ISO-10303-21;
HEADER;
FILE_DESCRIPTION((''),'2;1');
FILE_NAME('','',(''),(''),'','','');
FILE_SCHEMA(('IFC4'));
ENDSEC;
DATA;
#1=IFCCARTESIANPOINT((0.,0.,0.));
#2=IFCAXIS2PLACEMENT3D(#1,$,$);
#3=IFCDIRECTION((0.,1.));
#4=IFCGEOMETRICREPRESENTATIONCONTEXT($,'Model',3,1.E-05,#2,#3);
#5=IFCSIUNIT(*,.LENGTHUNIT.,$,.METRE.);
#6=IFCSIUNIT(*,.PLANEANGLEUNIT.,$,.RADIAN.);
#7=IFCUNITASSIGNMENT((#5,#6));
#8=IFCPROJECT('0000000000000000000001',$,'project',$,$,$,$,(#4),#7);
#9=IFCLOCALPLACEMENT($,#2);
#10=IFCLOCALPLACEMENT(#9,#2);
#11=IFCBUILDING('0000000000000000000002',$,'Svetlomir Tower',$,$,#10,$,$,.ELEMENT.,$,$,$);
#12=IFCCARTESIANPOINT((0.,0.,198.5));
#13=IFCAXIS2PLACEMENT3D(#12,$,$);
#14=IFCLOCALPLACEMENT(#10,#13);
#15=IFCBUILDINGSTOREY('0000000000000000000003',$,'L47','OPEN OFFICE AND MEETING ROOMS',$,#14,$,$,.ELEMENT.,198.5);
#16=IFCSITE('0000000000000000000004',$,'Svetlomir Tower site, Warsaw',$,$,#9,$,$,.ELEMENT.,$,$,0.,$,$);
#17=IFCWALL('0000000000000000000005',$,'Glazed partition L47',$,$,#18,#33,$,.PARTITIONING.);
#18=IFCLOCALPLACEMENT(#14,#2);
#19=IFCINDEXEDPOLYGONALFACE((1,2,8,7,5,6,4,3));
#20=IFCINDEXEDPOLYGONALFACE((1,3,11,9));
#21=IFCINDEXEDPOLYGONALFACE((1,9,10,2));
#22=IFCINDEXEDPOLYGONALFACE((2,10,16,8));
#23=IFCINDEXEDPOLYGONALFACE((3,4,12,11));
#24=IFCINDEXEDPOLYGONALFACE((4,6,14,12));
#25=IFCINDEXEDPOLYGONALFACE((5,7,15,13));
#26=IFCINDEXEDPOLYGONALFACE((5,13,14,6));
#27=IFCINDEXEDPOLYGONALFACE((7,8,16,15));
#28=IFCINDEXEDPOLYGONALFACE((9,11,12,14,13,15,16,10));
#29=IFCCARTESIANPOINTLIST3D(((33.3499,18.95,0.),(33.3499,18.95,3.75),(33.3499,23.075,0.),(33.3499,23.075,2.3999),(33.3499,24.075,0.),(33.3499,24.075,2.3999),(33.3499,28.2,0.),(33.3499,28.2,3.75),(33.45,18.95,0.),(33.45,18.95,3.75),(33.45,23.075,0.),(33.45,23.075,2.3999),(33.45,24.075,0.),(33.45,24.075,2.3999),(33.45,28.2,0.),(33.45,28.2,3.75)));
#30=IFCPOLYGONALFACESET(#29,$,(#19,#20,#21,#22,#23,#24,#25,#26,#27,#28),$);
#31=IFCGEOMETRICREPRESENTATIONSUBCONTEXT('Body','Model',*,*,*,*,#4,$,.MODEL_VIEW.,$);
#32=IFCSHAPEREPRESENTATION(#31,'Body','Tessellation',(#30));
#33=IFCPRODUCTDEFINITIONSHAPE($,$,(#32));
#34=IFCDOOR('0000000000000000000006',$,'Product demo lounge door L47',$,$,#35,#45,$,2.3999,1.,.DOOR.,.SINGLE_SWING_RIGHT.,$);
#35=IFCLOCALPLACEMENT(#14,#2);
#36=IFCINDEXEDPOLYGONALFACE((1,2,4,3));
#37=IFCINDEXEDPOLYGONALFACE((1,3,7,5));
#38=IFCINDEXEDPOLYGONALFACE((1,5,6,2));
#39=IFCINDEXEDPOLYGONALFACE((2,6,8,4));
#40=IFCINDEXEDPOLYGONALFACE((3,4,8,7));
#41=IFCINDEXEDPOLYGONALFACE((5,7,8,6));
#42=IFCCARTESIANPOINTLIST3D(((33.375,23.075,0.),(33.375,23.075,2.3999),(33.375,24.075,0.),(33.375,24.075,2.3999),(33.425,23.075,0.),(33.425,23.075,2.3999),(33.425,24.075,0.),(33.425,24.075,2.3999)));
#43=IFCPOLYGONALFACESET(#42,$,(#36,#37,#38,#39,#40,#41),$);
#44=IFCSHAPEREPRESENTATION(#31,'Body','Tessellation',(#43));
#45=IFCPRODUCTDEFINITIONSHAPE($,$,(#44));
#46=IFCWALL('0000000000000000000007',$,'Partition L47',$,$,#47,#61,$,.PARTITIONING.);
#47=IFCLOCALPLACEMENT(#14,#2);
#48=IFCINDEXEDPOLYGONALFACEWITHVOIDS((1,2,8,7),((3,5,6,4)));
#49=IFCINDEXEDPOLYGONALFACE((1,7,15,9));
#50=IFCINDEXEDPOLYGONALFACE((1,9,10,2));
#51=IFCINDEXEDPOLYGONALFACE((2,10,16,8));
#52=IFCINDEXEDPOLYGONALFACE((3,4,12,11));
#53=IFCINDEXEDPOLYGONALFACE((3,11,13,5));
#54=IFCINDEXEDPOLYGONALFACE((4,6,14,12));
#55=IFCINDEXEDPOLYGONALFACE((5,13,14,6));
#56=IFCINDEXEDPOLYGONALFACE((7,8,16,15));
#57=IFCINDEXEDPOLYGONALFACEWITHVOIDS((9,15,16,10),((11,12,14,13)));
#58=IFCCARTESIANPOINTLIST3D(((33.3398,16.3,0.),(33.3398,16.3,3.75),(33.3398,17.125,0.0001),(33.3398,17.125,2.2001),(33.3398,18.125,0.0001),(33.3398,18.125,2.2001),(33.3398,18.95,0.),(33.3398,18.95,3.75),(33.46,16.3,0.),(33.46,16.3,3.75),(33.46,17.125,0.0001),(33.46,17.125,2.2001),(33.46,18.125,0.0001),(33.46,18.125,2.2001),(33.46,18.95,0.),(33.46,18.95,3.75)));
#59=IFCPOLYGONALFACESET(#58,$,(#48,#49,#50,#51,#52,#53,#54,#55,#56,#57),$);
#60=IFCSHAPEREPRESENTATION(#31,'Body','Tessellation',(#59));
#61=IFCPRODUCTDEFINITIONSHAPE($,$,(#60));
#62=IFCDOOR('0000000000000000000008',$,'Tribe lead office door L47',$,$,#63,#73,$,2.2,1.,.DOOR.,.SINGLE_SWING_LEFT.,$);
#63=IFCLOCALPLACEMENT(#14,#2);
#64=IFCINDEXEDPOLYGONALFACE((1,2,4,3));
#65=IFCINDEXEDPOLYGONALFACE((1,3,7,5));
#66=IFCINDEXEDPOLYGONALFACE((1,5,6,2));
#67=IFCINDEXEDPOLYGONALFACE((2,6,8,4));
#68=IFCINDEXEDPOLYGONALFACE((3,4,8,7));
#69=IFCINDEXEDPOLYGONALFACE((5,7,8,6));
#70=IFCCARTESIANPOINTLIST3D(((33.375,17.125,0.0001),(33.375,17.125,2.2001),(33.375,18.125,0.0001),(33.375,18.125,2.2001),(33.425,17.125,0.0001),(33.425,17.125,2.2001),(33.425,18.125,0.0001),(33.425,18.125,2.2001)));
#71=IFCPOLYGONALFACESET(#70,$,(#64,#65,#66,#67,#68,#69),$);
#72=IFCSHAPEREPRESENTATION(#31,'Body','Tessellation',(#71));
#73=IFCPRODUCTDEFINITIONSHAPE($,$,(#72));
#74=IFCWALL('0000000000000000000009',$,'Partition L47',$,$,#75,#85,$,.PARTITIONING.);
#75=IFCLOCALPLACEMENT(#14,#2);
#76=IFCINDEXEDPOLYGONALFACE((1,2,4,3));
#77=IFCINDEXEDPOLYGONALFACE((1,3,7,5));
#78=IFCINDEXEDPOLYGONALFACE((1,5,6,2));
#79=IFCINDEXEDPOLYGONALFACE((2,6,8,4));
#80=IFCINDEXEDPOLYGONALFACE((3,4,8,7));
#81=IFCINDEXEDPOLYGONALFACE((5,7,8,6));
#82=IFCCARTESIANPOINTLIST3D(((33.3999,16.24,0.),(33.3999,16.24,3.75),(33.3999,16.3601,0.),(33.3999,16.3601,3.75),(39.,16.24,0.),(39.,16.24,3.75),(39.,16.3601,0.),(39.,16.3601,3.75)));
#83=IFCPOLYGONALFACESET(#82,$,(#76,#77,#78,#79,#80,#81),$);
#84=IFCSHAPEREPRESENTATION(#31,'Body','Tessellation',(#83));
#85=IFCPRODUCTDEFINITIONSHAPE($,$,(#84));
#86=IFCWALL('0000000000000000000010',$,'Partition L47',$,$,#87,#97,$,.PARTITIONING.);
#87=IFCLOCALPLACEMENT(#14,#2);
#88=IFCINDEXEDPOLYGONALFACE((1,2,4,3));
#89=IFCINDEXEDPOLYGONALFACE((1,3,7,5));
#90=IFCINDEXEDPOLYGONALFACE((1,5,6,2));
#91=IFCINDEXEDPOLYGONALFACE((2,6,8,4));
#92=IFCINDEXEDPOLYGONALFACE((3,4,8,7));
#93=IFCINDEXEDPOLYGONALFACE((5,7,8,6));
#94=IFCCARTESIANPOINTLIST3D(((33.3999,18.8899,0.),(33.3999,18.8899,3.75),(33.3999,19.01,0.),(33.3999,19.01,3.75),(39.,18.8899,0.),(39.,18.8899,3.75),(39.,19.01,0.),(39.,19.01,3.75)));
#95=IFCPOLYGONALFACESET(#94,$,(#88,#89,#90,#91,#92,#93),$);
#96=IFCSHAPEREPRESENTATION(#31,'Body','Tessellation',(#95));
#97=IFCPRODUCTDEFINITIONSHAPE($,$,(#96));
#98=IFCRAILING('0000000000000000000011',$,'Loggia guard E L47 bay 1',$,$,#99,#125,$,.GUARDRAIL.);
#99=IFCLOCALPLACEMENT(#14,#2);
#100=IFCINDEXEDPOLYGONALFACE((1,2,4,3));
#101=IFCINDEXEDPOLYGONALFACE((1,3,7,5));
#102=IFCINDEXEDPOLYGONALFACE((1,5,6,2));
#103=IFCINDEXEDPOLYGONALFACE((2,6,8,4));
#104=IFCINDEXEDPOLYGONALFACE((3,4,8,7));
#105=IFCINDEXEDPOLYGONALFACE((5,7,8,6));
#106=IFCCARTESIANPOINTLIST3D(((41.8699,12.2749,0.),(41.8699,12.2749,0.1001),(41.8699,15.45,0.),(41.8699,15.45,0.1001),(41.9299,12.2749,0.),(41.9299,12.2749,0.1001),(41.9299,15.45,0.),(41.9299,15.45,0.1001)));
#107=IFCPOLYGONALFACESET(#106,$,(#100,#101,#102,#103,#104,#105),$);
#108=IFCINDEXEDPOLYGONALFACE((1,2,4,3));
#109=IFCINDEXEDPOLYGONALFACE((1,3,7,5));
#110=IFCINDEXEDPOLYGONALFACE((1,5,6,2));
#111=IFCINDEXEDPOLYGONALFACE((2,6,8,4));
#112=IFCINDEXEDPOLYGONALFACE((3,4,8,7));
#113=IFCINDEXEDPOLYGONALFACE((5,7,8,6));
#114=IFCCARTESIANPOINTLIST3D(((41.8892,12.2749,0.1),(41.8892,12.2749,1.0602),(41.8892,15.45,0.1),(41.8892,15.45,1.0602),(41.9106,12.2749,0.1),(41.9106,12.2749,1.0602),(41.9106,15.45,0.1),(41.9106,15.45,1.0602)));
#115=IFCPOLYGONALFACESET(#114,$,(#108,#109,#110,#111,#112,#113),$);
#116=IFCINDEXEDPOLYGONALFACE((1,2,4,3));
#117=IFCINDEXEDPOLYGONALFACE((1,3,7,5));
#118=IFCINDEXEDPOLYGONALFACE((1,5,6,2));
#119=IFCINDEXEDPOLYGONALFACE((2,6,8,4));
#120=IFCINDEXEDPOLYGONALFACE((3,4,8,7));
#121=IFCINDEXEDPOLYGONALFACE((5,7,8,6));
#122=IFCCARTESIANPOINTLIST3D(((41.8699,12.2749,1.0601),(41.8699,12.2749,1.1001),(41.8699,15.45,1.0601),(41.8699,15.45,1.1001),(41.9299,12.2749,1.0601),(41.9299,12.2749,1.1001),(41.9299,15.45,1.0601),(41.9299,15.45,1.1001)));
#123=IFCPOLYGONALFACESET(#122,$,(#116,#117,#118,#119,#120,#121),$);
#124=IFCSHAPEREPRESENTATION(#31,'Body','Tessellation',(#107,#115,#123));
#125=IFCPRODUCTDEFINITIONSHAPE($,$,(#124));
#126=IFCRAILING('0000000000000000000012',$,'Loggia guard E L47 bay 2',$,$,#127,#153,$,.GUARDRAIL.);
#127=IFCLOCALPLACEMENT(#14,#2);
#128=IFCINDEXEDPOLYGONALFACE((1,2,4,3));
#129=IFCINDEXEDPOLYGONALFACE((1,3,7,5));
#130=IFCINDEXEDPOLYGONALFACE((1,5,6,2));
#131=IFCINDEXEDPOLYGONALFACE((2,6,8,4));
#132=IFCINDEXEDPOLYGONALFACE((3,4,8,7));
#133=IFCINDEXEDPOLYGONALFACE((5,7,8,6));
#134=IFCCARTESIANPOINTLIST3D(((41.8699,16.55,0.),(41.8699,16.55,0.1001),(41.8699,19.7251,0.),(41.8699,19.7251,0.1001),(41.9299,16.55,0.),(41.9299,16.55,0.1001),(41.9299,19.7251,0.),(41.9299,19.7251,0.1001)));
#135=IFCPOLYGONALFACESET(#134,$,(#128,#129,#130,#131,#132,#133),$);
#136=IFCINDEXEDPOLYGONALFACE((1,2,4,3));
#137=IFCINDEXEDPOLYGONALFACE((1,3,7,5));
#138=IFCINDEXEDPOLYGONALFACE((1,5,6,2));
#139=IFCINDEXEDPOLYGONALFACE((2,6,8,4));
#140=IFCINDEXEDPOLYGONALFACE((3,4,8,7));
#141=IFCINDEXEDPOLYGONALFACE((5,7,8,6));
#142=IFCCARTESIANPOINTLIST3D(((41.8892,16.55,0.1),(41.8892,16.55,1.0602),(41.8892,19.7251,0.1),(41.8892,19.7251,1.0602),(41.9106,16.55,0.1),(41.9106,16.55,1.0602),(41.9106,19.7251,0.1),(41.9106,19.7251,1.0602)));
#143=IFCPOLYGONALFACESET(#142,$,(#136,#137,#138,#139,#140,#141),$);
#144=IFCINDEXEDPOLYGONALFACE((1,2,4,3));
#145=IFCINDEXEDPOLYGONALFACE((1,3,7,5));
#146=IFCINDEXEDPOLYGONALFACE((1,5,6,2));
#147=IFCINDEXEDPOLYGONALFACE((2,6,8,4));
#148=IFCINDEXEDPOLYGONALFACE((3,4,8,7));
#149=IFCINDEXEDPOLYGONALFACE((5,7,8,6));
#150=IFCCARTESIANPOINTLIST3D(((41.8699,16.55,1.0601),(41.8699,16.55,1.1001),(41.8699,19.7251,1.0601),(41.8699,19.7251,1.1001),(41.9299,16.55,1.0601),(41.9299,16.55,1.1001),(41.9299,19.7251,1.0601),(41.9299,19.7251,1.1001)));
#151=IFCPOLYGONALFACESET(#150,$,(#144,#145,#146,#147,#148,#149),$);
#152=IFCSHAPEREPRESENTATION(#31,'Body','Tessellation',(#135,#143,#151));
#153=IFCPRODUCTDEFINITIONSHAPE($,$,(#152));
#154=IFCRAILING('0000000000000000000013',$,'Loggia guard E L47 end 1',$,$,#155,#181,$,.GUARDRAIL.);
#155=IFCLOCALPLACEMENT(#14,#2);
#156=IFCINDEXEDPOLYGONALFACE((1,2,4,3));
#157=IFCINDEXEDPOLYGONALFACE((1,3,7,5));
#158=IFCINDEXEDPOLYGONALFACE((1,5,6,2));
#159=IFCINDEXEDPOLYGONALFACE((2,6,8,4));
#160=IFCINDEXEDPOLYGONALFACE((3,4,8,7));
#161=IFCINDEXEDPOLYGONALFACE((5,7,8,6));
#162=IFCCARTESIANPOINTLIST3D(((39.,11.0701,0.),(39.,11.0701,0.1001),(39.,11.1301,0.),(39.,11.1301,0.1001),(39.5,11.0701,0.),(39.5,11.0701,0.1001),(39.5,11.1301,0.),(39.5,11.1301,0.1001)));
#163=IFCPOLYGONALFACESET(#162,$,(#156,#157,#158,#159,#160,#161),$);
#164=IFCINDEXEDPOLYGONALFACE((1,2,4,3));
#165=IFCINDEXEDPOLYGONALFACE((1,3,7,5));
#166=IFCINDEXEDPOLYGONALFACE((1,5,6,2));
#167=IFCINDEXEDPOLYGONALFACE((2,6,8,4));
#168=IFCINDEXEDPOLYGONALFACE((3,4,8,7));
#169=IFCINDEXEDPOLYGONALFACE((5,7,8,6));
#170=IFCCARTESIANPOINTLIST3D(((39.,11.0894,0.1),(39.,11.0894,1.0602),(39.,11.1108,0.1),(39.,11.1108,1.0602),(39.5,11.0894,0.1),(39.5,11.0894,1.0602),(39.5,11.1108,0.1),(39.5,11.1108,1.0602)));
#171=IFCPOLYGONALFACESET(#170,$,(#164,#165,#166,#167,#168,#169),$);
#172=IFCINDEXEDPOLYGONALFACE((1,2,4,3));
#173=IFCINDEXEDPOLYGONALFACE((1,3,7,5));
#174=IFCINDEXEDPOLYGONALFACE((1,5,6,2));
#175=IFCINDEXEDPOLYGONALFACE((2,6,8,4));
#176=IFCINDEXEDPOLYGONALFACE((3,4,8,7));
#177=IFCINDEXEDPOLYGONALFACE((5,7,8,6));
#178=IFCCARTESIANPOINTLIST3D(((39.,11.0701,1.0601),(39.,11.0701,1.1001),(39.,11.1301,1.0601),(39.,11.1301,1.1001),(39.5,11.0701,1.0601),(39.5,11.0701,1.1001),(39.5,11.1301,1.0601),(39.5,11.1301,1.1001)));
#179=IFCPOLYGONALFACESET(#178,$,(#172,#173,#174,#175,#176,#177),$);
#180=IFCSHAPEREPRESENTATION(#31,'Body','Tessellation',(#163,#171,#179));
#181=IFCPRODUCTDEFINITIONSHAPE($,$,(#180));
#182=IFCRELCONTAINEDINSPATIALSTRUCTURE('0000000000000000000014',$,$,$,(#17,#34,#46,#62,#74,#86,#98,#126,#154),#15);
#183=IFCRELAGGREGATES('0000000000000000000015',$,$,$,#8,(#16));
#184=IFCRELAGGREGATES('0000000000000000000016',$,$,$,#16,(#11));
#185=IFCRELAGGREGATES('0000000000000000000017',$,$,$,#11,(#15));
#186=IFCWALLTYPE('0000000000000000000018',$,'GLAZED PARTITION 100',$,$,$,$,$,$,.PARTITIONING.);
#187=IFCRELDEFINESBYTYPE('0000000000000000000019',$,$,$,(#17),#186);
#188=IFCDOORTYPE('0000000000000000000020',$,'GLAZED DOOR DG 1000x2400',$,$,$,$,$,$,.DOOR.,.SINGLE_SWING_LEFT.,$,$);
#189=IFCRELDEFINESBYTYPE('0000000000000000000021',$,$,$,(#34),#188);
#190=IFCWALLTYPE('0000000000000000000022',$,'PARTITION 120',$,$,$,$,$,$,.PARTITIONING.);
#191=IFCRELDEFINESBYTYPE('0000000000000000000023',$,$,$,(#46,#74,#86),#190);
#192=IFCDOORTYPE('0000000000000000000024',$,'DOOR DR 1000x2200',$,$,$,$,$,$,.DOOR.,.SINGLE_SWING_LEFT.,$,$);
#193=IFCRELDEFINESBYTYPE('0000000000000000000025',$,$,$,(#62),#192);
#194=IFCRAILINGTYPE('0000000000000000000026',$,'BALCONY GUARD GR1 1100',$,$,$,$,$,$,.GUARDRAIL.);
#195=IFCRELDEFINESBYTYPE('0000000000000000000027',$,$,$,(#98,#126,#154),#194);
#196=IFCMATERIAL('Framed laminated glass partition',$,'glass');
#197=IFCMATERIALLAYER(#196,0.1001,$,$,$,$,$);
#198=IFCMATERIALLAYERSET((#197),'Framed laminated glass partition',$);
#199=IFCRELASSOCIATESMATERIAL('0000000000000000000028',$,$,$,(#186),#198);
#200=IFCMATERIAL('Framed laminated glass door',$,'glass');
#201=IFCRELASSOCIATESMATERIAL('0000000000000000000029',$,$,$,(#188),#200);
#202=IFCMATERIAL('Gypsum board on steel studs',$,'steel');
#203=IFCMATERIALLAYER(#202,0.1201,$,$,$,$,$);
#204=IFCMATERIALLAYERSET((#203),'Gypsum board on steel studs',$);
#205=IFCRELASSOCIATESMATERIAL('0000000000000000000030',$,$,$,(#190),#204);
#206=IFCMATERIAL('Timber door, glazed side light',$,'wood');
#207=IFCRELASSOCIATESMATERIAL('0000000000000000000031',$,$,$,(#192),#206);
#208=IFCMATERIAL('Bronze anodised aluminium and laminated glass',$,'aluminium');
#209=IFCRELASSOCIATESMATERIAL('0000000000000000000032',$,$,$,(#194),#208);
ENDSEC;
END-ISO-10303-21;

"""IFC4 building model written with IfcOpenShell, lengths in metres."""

from ifc_helpers import new_model, si_unit, direction, frame, frame_2d, origin, origin_2d, place, context, subcontext, project, spatial, rectangle, extrude, material, layer, layer_set, type_object, element, fill, save


model = new_model("IFC4")

# Units and contexts
model_context = context("Model", 3, precision=1e-05, world=origin(), true_north=direction((0.0, 1.0)))
body_context = subcontext(model_context, "Body", "Model", "MODEL_VIEW")
ifc_project = project(units=[si_unit("LENGTHUNIT", "METRE"), si_unit("PLANEANGLEUNIT", "RADIAN")], contexts=[model_context])

# Site, building, storey
site_placement = place(None, origin())
site = spatial("IfcSite", under=ifc_project, at=site_placement, Name="Svetlomir Tower site, Warsaw", CompositionType="ELEMENT", RefElevation=0.0)
building_placement = place(site_placement, origin())
building = spatial("IfcBuilding", under=site, at=building_placement, Name="Svetlomir Tower", CompositionType="ELEMENT")
storey_placement = place(building_placement, frame((0.0, 0.0, 198.5)))
storey = spatial("IfcBuildingStorey", under=building, at=storey_placement, Name="L47", Description="OPEN OFFICE AND MEETING ROOMS", CompositionType="ELEMENT", Elevation=198.5)

# Walls, openings, doors
ifc_material_1 = material(Name="Framed laminated glass partition", Category="glass")
ifc_layer_1 = layer(ifc_material_1, 0.1001)
ifc_layer_set_1 = layer_set([ifc_layer_1], Name="Framed laminated glass partition")
wall_type_1 = type_object("IfcWallType", Name="GLAZED PARTITION 100", PredefinedType="PARTITIONING", material=ifc_layer_set_1)
wall_1_placement = place(storey_placement, frame((33.3999, 18.95, 0.0), z_axis=(0.0, 0.0, 1.0), x_axis=(0.0, 1.0, 0.0)))
wall_1 = element("IfcWall", 1, at=wall_1_placement, inside=storey, type_object=wall_type_1, Name="Glazed partition L47", PredefinedType="PARTITIONING", context=body_context, shape_type="SweptSolid", body=[
    extrude(rectangle(XDim=9.25, YDim=0.1001, at=frame_2d((4.625, 0.0))), origin(), (0.0, 0.0, 1.0), 3.75),
])
opening_1_placement = place(wall_1_placement, frame((4.125, 0.0, 0.0)))
opening_1 = element("IfcOpeningElement", 2, at=opening_1_placement, cuts=wall_1, PredefinedType="OPENING", context=body_context, shape_type="SweptSolid", body=[
    extrude(rectangle(XDim=1.0, YDim=2.3999, at=frame_2d((0.5, 1.2))), frame((0.0, 0.0601, 0.0), z_axis=(0.0, -1.0, 0.0), x_axis=(1.0, 0.0, 0.0)), (0.0, 0.0, 1.0), 0.1201),
])
ifc_material_2 = material(Name="Framed laminated glass door", Category="glass")
door_type_1 = type_object("IfcDoorType", Name="GLAZED DOOR DG 1000x2400", OperationType="SINGLE_SWING_LEFT", PredefinedType="DOOR", material=ifc_material_2)
door_1_placement = place(opening_1_placement, origin())
door_1 = element("IfcDoor", 3, at=door_1_placement, inside=storey, type_object=door_type_1, Name="Product demo lounge door L47", OperationType="SINGLE_SWING_RIGHT", OverallHeight=2.3999, OverallWidth=1.0, PredefinedType="DOOR", context=body_context, shape_type="SweptSolid", body=[
    extrude(rectangle(XDim=1.0, YDim=2.3999, at=frame_2d((0.5, 1.2))), frame((0.0, 0.0249, 0.0), z_axis=(0.0, -1.0, 0.0), x_axis=(1.0, 0.0, 0.0)), (0.0, 0.0, 1.0), 0.05),
])
fill(opening_1, door_1)
ifc_material_3 = material(Name="Gypsum board on steel studs", Category="steel")
ifc_layer_2 = layer(ifc_material_3, 0.1201)
ifc_layer_set_2 = layer_set([ifc_layer_2], Name="Gypsum board on steel studs")
wall_type_2 = type_object("IfcWallType", Name="PARTITION 120", PredefinedType="PARTITIONING", material=ifc_layer_set_2)
wall_2_placement = place(storey_placement, frame((33.3999, 16.3, 0.0), z_axis=(0.0, 0.0, 1.0), x_axis=(0.0, 1.0, 0.0)))
wall_2 = element("IfcWall", 4, at=wall_2_placement, inside=storey, type_object=wall_type_2, Name="Partition L47", PredefinedType="PARTITIONING", context=body_context, shape_type="SweptSolid", body=[
    extrude(rectangle(XDim=2.6499, YDim=0.1201, at=frame_2d((1.325, 0.0))), origin(), (0.0, 0.0, 1.0), 3.75),
])
opening_2_placement = place(wall_2_placement, frame((0.825, 0.0, 0.0)))
opening_2 = element("IfcOpeningElement", 5, at=opening_2_placement, cuts=wall_2, PredefinedType="OPENING", context=body_context, shape_type="SweptSolid", body=[
    extrude(rectangle(XDim=1.0, YDim=2.2, at=frame_2d((0.5, 1.1001))), frame((0.0, 0.0701, 0.0), z_axis=(0.0, -1.0, 0.0), x_axis=(1.0, 0.0, 0.0)), (0.0, 0.0, 1.0), 0.1401),
])
ifc_material_4 = material(Name="Timber door, glazed side light", Category="wood")
door_type_2 = type_object("IfcDoorType", Name="DOOR DR 1000x2200", OperationType="SINGLE_SWING_LEFT", PredefinedType="DOOR", material=ifc_material_4)
door_2_placement = place(opening_2_placement, origin())
door_2 = element("IfcDoor", 6, at=door_2_placement, inside=storey, type_object=door_type_2, Name="Tribe lead office door L47", OperationType="SINGLE_SWING_LEFT", OverallHeight=2.2, OverallWidth=1.0, PredefinedType="DOOR", context=body_context, shape_type="SweptSolid", body=[
    extrude(rectangle(XDim=1.0, YDim=2.2, at=frame_2d((0.5, 1.1001))), frame((0.0, 0.0249, 0.0), z_axis=(0.0, -1.0, 0.0), x_axis=(1.0, 0.0, 0.0)), (0.0, 0.0, 1.0), 0.05),
])
fill(opening_2, door_2)

# Walls
for number, where, z_axis, x_axis, name in (
    (7, (33.3999, 16.3, 0.0), (0.0, 0.0, 1.0), (1.0, 0.0, 0.0), "Partition L47"),
    (8, (33.3999, 18.95, 0.0), (0.0, 0.0, 1.0), (1.0, 0.0, 0.0), "Partition L47"),
):
    element("IfcWall", number, at=place(storey_placement, frame(where, z_axis=z_axis, x_axis=x_axis)), inside=storey, type_object=wall_type_2, Name=name, PredefinedType="PARTITIONING", context=body_context, shape_type="SweptSolid", body=[
        extrude(rectangle(XDim=5.6001, YDim=0.1201, at=frame_2d((2.8, 0.0))), origin(), (0.0, 0.0, 1.0), 3.75),
    ])

# Railings
ifc_material_5 = material(Name="Bronze anodised aluminium and laminated glass", Category="aluminium")
railing_type = type_object("IfcRailingType", Name="BALCONY GUARD GR1 1100", PredefinedType="GUARDRAIL", material=ifc_material_5)
for number, where, name in (
    (9, (41.8999, 12.2749, 0.0), "Loggia guard E L47 bay 1"),
    (10, (41.8999, 16.55, 0.0), "Loggia guard E L47 bay 2"),
):
    element("IfcRailing", number, at=place(storey_placement, frame(where)), inside=storey, type_object=railing_type, Name=name, PredefinedType="GUARDRAIL", context=body_context, shape_type="SweptSolid", body=[
        extrude(rectangle(XDim=0.0601, YDim=0.1001, at=origin_2d()), frame((0.0, 0.0, 0.05), z_axis=(0.0, 1.0, 0.0), x_axis=(-1.0, 0.0, 0.0)), (0.0, 0.0, 1.0), 3.175),
        extrude(rectangle(XDim=0.0215, YDim=0.9602, at=origin_2d()), frame((0.0, 0.0, 0.5801), z_axis=(0.0, 1.0, 0.0), x_axis=(-1.0, 0.0, 0.0)), (0.0, 0.0, 1.0), 3.175),
        extrude(rectangle(XDim=0.0601, YDim=0.04, at=origin_2d()), frame((0.0, 0.0, 1.0801), z_axis=(0.0, 1.0, 0.0), x_axis=(-1.0, 0.0, 0.0)), (0.0, 0.0, 1.0), 3.175),
    ])
railing_placement = place(storey_placement, frame((39.5, 11.1001, 0.0)))
element("IfcRailing", 11, at=railing_placement, inside=storey, type_object=railing_type, Name="Loggia guard E L47 end 1", PredefinedType="GUARDRAIL", context=body_context, shape_type="SweptSolid", body=[
    extrude(rectangle(XDim=0.0601, YDim=0.1001, at=origin_2d()), frame((0.0, 0.0, 0.05), z_axis=(-1.0, 0.0, 0.0), x_axis=(0.0, -1.0, 0.0)), (0.0, 0.0, 1.0), 0.5),
    extrude(rectangle(XDim=0.0215, YDim=0.9602, at=origin_2d()), frame((0.0, 0.0, 0.5801), z_axis=(-1.0, 0.0, 0.0), x_axis=(0.0, -1.0, 0.0)), (0.0, 0.0, 1.0), 0.5),
    extrude(rectangle(XDim=0.0601, YDim=0.04, at=origin_2d()), frame((0.0, 0.0, 1.0801), z_axis=(-1.0, 0.0, 0.0), x_axis=(0.0, -1.0, 0.0)), (0.0, 0.0, 1.0), 0.5),
])

save(model, "model.ifc")
